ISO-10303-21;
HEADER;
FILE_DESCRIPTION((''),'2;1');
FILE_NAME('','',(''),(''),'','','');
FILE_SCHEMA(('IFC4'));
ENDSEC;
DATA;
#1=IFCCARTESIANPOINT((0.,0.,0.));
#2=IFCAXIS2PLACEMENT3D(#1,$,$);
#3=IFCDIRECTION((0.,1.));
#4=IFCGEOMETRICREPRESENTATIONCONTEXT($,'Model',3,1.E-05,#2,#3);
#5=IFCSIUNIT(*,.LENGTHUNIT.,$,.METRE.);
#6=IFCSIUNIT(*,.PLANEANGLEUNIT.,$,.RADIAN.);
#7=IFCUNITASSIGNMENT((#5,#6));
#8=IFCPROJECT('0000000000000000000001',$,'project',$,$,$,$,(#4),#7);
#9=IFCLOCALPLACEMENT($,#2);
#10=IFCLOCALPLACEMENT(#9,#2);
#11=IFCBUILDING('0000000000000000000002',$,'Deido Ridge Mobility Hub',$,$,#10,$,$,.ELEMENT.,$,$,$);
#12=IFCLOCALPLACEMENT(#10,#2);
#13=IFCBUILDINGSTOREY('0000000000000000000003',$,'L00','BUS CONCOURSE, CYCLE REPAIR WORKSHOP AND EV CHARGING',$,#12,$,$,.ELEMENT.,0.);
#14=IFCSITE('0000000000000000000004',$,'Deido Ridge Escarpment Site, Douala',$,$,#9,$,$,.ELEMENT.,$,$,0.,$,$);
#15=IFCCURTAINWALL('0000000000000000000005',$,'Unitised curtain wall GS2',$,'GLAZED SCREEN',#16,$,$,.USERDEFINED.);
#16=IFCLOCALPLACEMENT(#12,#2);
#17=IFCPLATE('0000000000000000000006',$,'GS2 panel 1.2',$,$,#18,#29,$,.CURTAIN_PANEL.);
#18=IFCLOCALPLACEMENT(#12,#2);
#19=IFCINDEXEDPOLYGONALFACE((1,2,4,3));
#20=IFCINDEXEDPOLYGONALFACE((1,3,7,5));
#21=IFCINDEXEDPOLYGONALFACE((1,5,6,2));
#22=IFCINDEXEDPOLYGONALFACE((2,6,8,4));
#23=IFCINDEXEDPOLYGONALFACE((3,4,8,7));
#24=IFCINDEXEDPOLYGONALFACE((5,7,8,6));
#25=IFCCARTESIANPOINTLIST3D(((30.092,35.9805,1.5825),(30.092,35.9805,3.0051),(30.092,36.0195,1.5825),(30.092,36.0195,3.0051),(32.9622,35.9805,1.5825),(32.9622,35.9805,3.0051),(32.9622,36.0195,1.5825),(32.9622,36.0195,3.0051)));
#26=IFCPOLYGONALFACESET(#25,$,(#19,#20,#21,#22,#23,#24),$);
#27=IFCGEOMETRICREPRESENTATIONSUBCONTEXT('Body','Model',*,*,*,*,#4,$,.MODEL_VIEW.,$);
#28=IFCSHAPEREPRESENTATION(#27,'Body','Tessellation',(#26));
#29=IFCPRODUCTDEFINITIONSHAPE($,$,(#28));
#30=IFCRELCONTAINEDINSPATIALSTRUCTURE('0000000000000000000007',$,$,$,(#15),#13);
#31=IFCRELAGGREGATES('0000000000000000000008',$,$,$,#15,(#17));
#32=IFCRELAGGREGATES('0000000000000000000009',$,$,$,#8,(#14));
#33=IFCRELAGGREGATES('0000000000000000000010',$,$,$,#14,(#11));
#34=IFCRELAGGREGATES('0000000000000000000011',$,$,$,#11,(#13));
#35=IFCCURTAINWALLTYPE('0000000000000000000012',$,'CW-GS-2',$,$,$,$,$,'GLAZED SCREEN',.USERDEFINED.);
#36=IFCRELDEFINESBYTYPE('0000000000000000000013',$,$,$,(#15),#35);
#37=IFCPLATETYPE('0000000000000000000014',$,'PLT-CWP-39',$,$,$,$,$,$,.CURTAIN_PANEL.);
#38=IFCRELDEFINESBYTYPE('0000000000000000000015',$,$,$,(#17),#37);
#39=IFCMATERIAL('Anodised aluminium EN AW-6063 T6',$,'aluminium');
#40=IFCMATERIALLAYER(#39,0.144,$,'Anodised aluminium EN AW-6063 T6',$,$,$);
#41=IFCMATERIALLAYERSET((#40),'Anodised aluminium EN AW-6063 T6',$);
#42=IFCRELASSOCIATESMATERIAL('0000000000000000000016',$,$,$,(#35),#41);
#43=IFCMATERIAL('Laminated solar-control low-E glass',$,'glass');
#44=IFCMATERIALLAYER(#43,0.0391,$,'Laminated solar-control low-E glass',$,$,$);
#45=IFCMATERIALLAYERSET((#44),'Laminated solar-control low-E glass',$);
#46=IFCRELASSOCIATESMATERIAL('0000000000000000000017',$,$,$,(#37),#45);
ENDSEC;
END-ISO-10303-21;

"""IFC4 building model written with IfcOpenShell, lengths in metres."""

from ifc_helpers import new_model, si_unit, direction, frame, origin, origin_2d, place, context, subcontext, project, spatial, rectangle, extrude, material, layer, layer_set, type_object, element, aggregate, save


model = new_model("IFC4")

# Units and contexts
model_context = context("Model", 3, precision=1e-05, world=origin(), true_north=direction((0.0, 1.0)))
body_context = subcontext(model_context, "Body", "Model", "MODEL_VIEW")
ifc_project = project(units=[si_unit("LENGTHUNIT", "METRE"), si_unit("PLANEANGLEUNIT", "RADIAN")], contexts=[model_context])

# Site, building, storey
site_placement = place(None, origin())
site = spatial("IfcSite", under=ifc_project, at=site_placement, Name="Deido Ridge Escarpment Site, Douala", CompositionType="ELEMENT", RefElevation=0.0)
building_placement = place(site_placement, origin())
building = spatial("IfcBuilding", under=site, at=building_placement, Name="Deido Ridge Mobility Hub", CompositionType="ELEMENT")
storey_placement = place(building_placement, origin())
storey = spatial("IfcBuildingStorey", under=building, at=storey_placement, Name="L00", Description="BUS CONCOURSE, CYCLE REPAIR WORKSHOP AND EV CHARGING", CompositionType="ELEMENT", Elevation=0.0)

# Shared definitions
ifc_material_1 = material(Name="Anodised aluminium EN AW-6063 T6", Category="aluminium")

# Curtain wall
ifc_layer_1 = layer(ifc_material_1, 0.144, Name="Anodised aluminium EN AW-6063 T6")
ifc_layer_set_1 = layer_set([ifc_layer_1], Name="Anodised aluminium EN AW-6063 T6")
curtain_wall_type_1 = type_object("IfcCurtainWallType", Name="CW-GS-2", ElementType="GLAZED SCREEN", PredefinedType="USERDEFINED", material=ifc_layer_set_1)
curtain_wall_1_placement = place(storey_placement, origin())
curtain_wall_1 = element("IfcCurtainWall", 1, at=curtain_wall_1_placement, inside=storey, type_object=curtain_wall_type_1, Name="Unitised curtain wall GS2", ObjectType="GLAZED SCREEN", PredefinedType="USERDEFINED")

# Plate
ifc_material_2 = material(Name="Laminated solar-control low-E glass", Category="glass")
ifc_layer_2 = layer(ifc_material_2, 0.0391, Name="Laminated solar-control low-E glass")
ifc_layer_set_2 = layer_set([ifc_layer_2], Name="Laminated solar-control low-E glass")
plate_type_1 = type_object("IfcPlateType", Name="PLT-CWP-39", PredefinedType="CURTAIN_PANEL", material=ifc_layer_set_2)
plate_1_placement = place(storey_placement, frame((31.5271, 36.0, 1.5825), z_axis=(0.0, 0.0, 1.0), x_axis=(1.0, 0.0, 0.0)))
plate_1 = element("IfcPlate", 2, at=plate_1_placement, type_object=plate_type_1, Name="GS2 panel 1.2", PredefinedType="CURTAIN_PANEL", context=body_context, shape_type="SweptSolid", body=[
    extrude(rectangle(XDim=2.8701, YDim=0.0391, at=origin_2d()), origin(), (0.0, 0.0, 1.0), 1.4226),
])
aggregate(curtain_wall_1, [plate_1])

save(model, "model.ifc")
